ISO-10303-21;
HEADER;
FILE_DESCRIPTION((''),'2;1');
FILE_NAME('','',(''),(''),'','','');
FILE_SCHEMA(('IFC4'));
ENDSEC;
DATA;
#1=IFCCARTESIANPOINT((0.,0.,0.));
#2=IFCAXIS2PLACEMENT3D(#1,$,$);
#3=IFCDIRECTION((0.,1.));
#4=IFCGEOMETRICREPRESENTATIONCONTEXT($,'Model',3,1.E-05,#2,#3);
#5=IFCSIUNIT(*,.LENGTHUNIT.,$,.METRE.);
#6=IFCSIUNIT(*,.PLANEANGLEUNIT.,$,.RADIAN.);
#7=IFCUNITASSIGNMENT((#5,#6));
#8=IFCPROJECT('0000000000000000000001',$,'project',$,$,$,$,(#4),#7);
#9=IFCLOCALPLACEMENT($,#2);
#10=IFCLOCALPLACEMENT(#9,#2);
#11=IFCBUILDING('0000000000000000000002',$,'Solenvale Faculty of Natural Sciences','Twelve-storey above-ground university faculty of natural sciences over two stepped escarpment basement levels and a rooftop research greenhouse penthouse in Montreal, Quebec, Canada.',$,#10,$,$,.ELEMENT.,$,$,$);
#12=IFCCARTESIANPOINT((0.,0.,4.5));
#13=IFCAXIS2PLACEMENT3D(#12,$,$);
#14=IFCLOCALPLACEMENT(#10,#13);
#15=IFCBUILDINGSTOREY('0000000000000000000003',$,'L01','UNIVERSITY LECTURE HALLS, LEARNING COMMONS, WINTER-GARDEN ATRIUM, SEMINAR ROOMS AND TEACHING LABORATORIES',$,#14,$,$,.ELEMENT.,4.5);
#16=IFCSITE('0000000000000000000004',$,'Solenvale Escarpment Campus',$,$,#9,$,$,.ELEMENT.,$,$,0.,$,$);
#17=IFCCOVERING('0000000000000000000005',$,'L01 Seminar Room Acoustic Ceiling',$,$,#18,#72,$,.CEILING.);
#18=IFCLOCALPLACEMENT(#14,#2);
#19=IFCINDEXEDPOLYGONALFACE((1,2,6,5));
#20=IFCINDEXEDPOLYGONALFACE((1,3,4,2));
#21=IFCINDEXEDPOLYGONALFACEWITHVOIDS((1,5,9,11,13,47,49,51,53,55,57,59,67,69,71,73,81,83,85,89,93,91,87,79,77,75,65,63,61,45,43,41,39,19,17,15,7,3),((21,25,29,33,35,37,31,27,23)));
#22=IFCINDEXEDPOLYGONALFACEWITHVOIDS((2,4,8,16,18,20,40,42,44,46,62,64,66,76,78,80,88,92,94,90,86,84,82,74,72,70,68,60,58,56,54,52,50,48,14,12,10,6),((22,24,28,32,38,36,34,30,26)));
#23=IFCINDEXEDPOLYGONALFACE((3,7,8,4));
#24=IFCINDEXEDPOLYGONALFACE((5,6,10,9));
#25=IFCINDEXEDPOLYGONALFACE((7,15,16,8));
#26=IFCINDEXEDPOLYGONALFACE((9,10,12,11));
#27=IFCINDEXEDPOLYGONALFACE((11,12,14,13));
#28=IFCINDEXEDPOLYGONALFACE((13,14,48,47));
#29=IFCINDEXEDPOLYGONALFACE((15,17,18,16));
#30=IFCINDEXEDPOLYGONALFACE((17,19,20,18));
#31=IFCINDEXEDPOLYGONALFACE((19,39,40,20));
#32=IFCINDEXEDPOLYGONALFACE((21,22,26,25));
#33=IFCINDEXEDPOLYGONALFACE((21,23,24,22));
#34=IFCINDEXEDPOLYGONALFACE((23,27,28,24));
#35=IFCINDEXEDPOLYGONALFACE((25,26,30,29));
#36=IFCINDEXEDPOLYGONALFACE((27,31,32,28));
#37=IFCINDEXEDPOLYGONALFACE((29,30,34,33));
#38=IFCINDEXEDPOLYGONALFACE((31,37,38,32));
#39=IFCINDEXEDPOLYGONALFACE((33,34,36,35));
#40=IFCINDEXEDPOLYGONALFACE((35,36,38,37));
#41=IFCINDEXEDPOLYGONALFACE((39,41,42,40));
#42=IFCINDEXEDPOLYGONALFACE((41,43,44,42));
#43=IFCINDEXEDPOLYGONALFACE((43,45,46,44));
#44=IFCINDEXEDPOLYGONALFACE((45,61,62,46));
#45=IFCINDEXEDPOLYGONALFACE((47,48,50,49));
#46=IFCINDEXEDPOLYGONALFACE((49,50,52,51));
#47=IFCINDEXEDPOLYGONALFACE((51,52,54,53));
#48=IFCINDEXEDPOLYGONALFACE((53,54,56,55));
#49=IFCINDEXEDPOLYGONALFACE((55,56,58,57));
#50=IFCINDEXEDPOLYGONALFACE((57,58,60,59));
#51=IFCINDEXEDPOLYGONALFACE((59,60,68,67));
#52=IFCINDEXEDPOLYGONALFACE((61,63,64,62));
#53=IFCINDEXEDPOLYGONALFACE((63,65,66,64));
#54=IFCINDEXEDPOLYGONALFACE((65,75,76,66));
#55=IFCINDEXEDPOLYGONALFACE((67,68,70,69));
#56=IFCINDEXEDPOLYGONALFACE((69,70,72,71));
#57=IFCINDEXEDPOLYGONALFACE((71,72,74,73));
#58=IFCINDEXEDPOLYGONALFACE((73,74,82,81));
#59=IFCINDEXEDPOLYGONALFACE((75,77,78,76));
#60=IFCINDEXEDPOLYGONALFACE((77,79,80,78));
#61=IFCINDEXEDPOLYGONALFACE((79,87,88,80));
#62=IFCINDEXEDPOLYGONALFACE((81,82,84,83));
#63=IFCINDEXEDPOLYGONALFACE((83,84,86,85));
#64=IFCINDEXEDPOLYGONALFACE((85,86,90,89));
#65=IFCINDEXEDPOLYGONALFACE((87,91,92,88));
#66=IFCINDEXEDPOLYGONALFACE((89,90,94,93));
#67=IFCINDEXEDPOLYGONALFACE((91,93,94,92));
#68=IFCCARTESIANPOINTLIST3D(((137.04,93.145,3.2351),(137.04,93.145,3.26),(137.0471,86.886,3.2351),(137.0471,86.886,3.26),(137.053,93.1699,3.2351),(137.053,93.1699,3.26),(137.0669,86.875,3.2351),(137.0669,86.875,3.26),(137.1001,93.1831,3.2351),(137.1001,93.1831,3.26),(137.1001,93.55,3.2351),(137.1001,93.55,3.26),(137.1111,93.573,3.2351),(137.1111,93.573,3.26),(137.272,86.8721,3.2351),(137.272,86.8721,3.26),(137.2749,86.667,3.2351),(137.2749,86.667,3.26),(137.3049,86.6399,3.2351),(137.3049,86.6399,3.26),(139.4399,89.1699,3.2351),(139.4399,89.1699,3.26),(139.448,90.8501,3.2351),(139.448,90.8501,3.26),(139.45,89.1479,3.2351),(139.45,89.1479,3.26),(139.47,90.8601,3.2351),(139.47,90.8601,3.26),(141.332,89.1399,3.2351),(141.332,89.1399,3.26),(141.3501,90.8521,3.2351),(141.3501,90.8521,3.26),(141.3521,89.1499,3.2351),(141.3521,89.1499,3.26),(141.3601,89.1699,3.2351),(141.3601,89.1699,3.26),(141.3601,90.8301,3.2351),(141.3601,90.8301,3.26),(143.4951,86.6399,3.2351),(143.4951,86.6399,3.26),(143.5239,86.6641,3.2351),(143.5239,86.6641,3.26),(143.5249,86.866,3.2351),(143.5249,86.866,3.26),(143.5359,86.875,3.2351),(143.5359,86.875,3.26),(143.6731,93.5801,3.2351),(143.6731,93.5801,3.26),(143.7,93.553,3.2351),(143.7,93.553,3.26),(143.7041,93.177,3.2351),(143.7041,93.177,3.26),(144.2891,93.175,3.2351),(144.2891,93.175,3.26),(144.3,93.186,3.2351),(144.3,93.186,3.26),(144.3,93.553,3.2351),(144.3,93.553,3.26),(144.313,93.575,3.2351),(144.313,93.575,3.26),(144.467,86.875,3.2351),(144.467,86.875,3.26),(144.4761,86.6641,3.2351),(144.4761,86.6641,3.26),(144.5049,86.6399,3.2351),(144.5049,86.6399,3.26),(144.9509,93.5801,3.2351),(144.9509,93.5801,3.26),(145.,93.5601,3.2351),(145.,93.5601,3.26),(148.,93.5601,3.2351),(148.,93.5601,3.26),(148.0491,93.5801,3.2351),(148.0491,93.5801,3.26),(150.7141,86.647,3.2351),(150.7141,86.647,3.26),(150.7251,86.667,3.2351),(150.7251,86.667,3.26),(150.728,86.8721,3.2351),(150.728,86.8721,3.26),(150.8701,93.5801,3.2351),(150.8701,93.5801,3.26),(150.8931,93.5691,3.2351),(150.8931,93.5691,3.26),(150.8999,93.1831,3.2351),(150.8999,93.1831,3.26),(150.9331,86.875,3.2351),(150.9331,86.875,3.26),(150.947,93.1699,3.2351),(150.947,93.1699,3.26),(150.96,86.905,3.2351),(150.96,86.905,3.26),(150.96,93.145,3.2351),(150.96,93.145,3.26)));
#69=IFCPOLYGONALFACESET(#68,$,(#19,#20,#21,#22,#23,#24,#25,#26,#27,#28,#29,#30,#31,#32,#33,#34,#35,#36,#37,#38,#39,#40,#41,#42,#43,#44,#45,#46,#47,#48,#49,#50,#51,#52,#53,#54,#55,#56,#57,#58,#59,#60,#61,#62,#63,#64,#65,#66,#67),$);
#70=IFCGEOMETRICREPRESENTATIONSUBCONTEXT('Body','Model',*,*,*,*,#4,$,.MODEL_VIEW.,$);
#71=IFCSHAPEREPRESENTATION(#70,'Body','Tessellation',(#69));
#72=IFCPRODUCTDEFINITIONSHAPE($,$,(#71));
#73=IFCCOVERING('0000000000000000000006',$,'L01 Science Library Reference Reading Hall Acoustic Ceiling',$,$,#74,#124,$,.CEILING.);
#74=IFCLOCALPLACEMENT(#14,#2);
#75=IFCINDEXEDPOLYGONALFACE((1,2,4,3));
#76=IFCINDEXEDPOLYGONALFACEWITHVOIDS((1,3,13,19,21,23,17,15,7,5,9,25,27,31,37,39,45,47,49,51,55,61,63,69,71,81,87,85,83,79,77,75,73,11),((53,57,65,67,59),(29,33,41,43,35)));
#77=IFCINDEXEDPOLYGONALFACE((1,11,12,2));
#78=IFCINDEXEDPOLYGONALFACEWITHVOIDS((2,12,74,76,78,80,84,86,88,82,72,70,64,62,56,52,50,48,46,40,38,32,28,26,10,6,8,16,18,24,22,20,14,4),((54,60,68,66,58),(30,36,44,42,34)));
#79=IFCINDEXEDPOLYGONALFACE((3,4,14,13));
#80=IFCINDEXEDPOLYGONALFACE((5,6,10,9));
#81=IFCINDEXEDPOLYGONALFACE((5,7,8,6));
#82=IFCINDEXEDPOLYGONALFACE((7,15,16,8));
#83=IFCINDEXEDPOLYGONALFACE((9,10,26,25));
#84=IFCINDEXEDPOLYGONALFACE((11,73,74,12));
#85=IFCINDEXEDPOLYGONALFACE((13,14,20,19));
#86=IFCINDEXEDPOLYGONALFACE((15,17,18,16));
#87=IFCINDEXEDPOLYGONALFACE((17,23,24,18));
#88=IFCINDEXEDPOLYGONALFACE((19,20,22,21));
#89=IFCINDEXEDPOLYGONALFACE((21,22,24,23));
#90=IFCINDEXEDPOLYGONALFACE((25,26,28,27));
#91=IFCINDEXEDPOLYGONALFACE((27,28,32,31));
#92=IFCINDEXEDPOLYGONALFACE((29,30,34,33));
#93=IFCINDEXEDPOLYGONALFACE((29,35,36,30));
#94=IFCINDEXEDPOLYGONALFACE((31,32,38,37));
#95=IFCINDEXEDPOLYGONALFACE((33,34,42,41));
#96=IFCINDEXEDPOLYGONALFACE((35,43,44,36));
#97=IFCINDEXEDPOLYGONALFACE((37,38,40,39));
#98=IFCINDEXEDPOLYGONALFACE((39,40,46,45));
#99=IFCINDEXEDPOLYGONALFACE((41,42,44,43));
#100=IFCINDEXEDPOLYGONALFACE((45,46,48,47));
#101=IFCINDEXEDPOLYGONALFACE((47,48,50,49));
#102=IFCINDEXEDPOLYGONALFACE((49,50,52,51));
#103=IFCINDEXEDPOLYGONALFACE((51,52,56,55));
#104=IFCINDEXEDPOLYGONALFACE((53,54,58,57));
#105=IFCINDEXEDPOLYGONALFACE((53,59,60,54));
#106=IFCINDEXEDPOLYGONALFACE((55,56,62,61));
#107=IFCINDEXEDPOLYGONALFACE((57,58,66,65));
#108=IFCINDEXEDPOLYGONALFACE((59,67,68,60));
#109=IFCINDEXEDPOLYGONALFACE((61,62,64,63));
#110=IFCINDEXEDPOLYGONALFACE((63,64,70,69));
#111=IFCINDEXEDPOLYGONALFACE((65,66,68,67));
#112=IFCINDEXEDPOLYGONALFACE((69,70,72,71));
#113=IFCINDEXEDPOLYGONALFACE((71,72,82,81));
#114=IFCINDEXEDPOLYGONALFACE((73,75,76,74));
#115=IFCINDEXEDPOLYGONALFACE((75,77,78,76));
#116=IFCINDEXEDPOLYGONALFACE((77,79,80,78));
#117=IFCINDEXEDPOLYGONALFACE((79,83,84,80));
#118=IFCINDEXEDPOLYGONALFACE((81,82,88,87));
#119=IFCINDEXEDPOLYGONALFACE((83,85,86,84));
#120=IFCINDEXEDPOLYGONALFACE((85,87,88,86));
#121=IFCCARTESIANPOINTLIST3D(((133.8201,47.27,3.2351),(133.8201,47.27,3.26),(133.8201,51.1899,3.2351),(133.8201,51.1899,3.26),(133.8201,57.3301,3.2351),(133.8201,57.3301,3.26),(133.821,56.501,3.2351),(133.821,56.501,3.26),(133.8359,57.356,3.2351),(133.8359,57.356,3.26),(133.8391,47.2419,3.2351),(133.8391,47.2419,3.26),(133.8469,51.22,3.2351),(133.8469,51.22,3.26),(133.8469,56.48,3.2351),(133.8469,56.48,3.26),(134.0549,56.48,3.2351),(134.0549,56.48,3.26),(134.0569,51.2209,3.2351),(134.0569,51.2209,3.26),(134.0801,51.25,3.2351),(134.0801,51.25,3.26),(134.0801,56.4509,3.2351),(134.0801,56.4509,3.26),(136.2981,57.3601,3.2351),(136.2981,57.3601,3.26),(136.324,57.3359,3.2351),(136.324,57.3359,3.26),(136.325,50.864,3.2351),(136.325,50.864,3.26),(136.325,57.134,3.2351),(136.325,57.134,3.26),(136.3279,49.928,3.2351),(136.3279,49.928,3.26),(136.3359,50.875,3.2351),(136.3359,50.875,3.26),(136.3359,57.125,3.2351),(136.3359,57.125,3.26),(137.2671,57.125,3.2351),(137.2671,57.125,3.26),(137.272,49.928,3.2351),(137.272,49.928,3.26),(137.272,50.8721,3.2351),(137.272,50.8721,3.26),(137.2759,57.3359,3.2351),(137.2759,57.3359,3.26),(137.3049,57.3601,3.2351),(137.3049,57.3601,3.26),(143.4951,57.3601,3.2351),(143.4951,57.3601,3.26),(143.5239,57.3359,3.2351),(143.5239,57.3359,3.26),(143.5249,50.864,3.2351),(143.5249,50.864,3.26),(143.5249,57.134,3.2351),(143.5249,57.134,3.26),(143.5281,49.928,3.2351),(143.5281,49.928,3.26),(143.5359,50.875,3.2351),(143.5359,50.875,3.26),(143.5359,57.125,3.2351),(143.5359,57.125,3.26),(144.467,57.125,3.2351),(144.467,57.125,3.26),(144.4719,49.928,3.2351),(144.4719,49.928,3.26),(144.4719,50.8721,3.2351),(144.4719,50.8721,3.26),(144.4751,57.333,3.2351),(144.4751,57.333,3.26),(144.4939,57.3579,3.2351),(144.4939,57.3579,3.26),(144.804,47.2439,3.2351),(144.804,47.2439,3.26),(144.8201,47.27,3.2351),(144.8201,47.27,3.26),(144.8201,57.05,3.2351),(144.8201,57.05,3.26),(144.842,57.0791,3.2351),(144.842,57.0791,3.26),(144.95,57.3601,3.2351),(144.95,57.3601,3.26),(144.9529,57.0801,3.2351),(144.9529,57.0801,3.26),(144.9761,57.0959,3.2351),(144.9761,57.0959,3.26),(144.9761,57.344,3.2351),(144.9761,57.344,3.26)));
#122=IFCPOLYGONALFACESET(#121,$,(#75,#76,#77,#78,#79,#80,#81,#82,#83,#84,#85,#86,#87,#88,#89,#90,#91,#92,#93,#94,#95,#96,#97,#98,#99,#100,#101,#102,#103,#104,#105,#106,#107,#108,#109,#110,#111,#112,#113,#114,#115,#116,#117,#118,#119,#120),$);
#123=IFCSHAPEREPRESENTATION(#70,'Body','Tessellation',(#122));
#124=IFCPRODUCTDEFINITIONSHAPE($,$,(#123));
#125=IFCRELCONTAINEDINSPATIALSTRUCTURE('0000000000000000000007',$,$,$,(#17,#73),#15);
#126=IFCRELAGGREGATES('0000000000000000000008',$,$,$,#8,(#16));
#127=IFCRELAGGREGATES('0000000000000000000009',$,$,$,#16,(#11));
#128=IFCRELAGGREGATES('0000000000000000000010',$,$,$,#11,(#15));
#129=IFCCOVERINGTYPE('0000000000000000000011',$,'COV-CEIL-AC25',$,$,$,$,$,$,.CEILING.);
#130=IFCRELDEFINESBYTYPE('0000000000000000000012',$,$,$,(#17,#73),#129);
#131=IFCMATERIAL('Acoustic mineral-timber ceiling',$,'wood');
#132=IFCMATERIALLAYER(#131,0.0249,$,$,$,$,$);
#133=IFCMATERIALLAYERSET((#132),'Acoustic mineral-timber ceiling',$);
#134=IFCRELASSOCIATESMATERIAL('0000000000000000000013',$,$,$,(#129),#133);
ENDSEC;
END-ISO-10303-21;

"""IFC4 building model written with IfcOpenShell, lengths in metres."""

from ifc_helpers import new_model, si_unit, direction, frame, origin, place, context, subcontext, project, spatial, polyline, outline, extrude, material, layer, layer_set, type_object, element, save


model = new_model("IFC4")

# Units and contexts
model_context = context("Model", 3, precision=1e-05, world=origin(), true_north=direction((0.0, 1.0)))
body_context = subcontext(model_context, "Body", "Model", "MODEL_VIEW")
ifc_project = project(units=[si_unit("LENGTHUNIT", "METRE"), si_unit("PLANEANGLEUNIT", "RADIAN")], contexts=[model_context])

# Site, building, storey
site_placement = place(None, origin())
site = spatial("IfcSite", under=ifc_project, at=site_placement, Name="Solenvale Escarpment Campus", CompositionType="ELEMENT", RefElevation=0.0)
building_placement = place(site_placement, origin())
building = spatial("IfcBuilding", under=site, at=building_placement, Name="Solenvale Faculty of Natural Sciences", Description="Twelve-storey above-ground university faculty of natural sciences over two stepped escarpment basement levels and a rooftop research greenhouse penthouse in Montreal, Quebec, Canada.", CompositionType="ELEMENT")
storey_placement = place(building_placement, frame((0.0, 0.0, 4.5)))
storey = spatial("IfcBuildingStorey", under=building, at=storey_placement, Name="L01", Description="UNIVERSITY LECTURE HALLS, LEARNING COMMONS, WINTER-GARDEN ATRIUM, SEMINAR ROOMS AND TEACHING LABORATORIES", CompositionType="ELEMENT", Elevation=4.5)

# Coverings
ifc_material_1 = material(Name="Acoustic mineral-timber ceiling", Category="wood")
ifc_layer_1 = layer(ifc_material_1, 0.0249)
ifc_layer_set_1 = layer_set([ifc_layer_1], Name="Acoustic mineral-timber ceiling")
covering_type_1 = type_object("IfcCoveringType", Name="COV-CEIL-AC25", PredefinedType="CEILING", material=ifc_layer_set_1)
covering_1_placement = place(storey_placement, frame((0.0, 0.0, 3.2351)))
element("IfcCovering", 1, at=covering_1_placement, inside=storey, type_object=covering_type_1, Name="L01 Seminar Room Acoustic Ceiling", PredefinedType="CEILING", context=body_context, shape_type="SweptSolid", body=[
    extrude(outline(polyline([(144.9509, 93.5801), (145.0, 93.5601), (148.0, 93.5601), (148.0491, 93.5801), (150.8701, 93.5801), (150.8931, 93.5691), (150.8999, 93.1831), (150.947, 93.1699), (150.96, 93.145), (150.96, 86.905), (150.9331, 86.875), (150.728, 86.8721), (150.7251, 86.667), (150.7141, 86.647), (144.5049, 86.6399), (144.4761, 86.6641), (144.467, 86.875), (143.5359, 86.875), (143.5249, 86.866), (143.5239, 86.6641), (143.4951, 86.6399), (137.3049, 86.6399), (137.2749, 86.667), (137.272, 86.8721), (137.0669, 86.875), (137.0471, 86.886), (137.04, 93.145), (137.053, 93.1699), (137.1001, 93.1831), (137.1001, 93.55), (137.1111, 93.573), (143.6731, 93.5801), (143.7, 93.553), (143.7041, 93.177), (144.2891, 93.175), (144.3, 93.186), (144.3, 93.553), (144.313, 93.575), (144.9509, 93.5801)]), holes=[polyline([(141.332, 89.1399), (141.3521, 89.1499), (141.3601, 89.1699), (141.3601, 90.8301), (141.3501, 90.8521), (139.47, 90.8601), (139.448, 90.8501), (139.4399, 89.1699), (139.45, 89.1479), (141.332, 89.1399)])]), origin(), (0.0, 0.0, 1.0), 0.0249),
])
covering_2_placement = place(storey_placement, frame((0.0, 0.0, 3.2351)))
element("IfcCovering", 2, at=covering_2_placement, inside=storey, type_object=covering_type_1, Name="L01 Science Library Reference Reading Hall Acoustic Ceiling", PredefinedType="CEILING", context=body_context, shape_type="SweptSolid", body=[
    extrude(outline(polyline([(133.8201, 51.1899), (133.8469, 51.22), (134.0569, 51.2209), (134.0801, 51.25), (134.0801, 56.4509), (134.0549, 56.48), (133.8469, 56.48), (133.821, 56.501), (133.8201, 57.3301), (133.8359, 57.356), (136.2981, 57.3601), (136.324, 57.3359), (136.325, 57.134), (136.3359, 57.125), (137.2671, 57.125), (137.2759, 57.3359), (137.3049, 57.3601), (143.4951, 57.3601), (143.5239, 57.3359), (143.5249, 57.134), (143.5359, 57.125), (144.467, 57.125), (144.4751, 57.333), (144.4939, 57.3579), (144.95, 57.3601), (144.9761, 57.344), (144.9761, 57.0959), (144.9529, 57.0801), (144.842, 57.0791), (144.8201, 57.05), (144.8201, 47.27), (144.804, 47.2439), (133.8391, 47.2419), (133.8201, 47.27), (133.8201, 51.1899)]), holes=[polyline([(143.5359, 50.875), (143.5249, 50.864), (143.5281, 49.928), (144.4719, 49.928), (144.4719, 50.8721), (143.5359, 50.875)]), polyline([(136.3359, 50.875), (136.325, 50.864), (136.3279, 49.928), (137.272, 49.928), (137.272, 50.8721), (136.3359, 50.875)])]), origin(), (0.0, 0.0, 1.0), 0.0249),
])

save(model, "model.ifc")
